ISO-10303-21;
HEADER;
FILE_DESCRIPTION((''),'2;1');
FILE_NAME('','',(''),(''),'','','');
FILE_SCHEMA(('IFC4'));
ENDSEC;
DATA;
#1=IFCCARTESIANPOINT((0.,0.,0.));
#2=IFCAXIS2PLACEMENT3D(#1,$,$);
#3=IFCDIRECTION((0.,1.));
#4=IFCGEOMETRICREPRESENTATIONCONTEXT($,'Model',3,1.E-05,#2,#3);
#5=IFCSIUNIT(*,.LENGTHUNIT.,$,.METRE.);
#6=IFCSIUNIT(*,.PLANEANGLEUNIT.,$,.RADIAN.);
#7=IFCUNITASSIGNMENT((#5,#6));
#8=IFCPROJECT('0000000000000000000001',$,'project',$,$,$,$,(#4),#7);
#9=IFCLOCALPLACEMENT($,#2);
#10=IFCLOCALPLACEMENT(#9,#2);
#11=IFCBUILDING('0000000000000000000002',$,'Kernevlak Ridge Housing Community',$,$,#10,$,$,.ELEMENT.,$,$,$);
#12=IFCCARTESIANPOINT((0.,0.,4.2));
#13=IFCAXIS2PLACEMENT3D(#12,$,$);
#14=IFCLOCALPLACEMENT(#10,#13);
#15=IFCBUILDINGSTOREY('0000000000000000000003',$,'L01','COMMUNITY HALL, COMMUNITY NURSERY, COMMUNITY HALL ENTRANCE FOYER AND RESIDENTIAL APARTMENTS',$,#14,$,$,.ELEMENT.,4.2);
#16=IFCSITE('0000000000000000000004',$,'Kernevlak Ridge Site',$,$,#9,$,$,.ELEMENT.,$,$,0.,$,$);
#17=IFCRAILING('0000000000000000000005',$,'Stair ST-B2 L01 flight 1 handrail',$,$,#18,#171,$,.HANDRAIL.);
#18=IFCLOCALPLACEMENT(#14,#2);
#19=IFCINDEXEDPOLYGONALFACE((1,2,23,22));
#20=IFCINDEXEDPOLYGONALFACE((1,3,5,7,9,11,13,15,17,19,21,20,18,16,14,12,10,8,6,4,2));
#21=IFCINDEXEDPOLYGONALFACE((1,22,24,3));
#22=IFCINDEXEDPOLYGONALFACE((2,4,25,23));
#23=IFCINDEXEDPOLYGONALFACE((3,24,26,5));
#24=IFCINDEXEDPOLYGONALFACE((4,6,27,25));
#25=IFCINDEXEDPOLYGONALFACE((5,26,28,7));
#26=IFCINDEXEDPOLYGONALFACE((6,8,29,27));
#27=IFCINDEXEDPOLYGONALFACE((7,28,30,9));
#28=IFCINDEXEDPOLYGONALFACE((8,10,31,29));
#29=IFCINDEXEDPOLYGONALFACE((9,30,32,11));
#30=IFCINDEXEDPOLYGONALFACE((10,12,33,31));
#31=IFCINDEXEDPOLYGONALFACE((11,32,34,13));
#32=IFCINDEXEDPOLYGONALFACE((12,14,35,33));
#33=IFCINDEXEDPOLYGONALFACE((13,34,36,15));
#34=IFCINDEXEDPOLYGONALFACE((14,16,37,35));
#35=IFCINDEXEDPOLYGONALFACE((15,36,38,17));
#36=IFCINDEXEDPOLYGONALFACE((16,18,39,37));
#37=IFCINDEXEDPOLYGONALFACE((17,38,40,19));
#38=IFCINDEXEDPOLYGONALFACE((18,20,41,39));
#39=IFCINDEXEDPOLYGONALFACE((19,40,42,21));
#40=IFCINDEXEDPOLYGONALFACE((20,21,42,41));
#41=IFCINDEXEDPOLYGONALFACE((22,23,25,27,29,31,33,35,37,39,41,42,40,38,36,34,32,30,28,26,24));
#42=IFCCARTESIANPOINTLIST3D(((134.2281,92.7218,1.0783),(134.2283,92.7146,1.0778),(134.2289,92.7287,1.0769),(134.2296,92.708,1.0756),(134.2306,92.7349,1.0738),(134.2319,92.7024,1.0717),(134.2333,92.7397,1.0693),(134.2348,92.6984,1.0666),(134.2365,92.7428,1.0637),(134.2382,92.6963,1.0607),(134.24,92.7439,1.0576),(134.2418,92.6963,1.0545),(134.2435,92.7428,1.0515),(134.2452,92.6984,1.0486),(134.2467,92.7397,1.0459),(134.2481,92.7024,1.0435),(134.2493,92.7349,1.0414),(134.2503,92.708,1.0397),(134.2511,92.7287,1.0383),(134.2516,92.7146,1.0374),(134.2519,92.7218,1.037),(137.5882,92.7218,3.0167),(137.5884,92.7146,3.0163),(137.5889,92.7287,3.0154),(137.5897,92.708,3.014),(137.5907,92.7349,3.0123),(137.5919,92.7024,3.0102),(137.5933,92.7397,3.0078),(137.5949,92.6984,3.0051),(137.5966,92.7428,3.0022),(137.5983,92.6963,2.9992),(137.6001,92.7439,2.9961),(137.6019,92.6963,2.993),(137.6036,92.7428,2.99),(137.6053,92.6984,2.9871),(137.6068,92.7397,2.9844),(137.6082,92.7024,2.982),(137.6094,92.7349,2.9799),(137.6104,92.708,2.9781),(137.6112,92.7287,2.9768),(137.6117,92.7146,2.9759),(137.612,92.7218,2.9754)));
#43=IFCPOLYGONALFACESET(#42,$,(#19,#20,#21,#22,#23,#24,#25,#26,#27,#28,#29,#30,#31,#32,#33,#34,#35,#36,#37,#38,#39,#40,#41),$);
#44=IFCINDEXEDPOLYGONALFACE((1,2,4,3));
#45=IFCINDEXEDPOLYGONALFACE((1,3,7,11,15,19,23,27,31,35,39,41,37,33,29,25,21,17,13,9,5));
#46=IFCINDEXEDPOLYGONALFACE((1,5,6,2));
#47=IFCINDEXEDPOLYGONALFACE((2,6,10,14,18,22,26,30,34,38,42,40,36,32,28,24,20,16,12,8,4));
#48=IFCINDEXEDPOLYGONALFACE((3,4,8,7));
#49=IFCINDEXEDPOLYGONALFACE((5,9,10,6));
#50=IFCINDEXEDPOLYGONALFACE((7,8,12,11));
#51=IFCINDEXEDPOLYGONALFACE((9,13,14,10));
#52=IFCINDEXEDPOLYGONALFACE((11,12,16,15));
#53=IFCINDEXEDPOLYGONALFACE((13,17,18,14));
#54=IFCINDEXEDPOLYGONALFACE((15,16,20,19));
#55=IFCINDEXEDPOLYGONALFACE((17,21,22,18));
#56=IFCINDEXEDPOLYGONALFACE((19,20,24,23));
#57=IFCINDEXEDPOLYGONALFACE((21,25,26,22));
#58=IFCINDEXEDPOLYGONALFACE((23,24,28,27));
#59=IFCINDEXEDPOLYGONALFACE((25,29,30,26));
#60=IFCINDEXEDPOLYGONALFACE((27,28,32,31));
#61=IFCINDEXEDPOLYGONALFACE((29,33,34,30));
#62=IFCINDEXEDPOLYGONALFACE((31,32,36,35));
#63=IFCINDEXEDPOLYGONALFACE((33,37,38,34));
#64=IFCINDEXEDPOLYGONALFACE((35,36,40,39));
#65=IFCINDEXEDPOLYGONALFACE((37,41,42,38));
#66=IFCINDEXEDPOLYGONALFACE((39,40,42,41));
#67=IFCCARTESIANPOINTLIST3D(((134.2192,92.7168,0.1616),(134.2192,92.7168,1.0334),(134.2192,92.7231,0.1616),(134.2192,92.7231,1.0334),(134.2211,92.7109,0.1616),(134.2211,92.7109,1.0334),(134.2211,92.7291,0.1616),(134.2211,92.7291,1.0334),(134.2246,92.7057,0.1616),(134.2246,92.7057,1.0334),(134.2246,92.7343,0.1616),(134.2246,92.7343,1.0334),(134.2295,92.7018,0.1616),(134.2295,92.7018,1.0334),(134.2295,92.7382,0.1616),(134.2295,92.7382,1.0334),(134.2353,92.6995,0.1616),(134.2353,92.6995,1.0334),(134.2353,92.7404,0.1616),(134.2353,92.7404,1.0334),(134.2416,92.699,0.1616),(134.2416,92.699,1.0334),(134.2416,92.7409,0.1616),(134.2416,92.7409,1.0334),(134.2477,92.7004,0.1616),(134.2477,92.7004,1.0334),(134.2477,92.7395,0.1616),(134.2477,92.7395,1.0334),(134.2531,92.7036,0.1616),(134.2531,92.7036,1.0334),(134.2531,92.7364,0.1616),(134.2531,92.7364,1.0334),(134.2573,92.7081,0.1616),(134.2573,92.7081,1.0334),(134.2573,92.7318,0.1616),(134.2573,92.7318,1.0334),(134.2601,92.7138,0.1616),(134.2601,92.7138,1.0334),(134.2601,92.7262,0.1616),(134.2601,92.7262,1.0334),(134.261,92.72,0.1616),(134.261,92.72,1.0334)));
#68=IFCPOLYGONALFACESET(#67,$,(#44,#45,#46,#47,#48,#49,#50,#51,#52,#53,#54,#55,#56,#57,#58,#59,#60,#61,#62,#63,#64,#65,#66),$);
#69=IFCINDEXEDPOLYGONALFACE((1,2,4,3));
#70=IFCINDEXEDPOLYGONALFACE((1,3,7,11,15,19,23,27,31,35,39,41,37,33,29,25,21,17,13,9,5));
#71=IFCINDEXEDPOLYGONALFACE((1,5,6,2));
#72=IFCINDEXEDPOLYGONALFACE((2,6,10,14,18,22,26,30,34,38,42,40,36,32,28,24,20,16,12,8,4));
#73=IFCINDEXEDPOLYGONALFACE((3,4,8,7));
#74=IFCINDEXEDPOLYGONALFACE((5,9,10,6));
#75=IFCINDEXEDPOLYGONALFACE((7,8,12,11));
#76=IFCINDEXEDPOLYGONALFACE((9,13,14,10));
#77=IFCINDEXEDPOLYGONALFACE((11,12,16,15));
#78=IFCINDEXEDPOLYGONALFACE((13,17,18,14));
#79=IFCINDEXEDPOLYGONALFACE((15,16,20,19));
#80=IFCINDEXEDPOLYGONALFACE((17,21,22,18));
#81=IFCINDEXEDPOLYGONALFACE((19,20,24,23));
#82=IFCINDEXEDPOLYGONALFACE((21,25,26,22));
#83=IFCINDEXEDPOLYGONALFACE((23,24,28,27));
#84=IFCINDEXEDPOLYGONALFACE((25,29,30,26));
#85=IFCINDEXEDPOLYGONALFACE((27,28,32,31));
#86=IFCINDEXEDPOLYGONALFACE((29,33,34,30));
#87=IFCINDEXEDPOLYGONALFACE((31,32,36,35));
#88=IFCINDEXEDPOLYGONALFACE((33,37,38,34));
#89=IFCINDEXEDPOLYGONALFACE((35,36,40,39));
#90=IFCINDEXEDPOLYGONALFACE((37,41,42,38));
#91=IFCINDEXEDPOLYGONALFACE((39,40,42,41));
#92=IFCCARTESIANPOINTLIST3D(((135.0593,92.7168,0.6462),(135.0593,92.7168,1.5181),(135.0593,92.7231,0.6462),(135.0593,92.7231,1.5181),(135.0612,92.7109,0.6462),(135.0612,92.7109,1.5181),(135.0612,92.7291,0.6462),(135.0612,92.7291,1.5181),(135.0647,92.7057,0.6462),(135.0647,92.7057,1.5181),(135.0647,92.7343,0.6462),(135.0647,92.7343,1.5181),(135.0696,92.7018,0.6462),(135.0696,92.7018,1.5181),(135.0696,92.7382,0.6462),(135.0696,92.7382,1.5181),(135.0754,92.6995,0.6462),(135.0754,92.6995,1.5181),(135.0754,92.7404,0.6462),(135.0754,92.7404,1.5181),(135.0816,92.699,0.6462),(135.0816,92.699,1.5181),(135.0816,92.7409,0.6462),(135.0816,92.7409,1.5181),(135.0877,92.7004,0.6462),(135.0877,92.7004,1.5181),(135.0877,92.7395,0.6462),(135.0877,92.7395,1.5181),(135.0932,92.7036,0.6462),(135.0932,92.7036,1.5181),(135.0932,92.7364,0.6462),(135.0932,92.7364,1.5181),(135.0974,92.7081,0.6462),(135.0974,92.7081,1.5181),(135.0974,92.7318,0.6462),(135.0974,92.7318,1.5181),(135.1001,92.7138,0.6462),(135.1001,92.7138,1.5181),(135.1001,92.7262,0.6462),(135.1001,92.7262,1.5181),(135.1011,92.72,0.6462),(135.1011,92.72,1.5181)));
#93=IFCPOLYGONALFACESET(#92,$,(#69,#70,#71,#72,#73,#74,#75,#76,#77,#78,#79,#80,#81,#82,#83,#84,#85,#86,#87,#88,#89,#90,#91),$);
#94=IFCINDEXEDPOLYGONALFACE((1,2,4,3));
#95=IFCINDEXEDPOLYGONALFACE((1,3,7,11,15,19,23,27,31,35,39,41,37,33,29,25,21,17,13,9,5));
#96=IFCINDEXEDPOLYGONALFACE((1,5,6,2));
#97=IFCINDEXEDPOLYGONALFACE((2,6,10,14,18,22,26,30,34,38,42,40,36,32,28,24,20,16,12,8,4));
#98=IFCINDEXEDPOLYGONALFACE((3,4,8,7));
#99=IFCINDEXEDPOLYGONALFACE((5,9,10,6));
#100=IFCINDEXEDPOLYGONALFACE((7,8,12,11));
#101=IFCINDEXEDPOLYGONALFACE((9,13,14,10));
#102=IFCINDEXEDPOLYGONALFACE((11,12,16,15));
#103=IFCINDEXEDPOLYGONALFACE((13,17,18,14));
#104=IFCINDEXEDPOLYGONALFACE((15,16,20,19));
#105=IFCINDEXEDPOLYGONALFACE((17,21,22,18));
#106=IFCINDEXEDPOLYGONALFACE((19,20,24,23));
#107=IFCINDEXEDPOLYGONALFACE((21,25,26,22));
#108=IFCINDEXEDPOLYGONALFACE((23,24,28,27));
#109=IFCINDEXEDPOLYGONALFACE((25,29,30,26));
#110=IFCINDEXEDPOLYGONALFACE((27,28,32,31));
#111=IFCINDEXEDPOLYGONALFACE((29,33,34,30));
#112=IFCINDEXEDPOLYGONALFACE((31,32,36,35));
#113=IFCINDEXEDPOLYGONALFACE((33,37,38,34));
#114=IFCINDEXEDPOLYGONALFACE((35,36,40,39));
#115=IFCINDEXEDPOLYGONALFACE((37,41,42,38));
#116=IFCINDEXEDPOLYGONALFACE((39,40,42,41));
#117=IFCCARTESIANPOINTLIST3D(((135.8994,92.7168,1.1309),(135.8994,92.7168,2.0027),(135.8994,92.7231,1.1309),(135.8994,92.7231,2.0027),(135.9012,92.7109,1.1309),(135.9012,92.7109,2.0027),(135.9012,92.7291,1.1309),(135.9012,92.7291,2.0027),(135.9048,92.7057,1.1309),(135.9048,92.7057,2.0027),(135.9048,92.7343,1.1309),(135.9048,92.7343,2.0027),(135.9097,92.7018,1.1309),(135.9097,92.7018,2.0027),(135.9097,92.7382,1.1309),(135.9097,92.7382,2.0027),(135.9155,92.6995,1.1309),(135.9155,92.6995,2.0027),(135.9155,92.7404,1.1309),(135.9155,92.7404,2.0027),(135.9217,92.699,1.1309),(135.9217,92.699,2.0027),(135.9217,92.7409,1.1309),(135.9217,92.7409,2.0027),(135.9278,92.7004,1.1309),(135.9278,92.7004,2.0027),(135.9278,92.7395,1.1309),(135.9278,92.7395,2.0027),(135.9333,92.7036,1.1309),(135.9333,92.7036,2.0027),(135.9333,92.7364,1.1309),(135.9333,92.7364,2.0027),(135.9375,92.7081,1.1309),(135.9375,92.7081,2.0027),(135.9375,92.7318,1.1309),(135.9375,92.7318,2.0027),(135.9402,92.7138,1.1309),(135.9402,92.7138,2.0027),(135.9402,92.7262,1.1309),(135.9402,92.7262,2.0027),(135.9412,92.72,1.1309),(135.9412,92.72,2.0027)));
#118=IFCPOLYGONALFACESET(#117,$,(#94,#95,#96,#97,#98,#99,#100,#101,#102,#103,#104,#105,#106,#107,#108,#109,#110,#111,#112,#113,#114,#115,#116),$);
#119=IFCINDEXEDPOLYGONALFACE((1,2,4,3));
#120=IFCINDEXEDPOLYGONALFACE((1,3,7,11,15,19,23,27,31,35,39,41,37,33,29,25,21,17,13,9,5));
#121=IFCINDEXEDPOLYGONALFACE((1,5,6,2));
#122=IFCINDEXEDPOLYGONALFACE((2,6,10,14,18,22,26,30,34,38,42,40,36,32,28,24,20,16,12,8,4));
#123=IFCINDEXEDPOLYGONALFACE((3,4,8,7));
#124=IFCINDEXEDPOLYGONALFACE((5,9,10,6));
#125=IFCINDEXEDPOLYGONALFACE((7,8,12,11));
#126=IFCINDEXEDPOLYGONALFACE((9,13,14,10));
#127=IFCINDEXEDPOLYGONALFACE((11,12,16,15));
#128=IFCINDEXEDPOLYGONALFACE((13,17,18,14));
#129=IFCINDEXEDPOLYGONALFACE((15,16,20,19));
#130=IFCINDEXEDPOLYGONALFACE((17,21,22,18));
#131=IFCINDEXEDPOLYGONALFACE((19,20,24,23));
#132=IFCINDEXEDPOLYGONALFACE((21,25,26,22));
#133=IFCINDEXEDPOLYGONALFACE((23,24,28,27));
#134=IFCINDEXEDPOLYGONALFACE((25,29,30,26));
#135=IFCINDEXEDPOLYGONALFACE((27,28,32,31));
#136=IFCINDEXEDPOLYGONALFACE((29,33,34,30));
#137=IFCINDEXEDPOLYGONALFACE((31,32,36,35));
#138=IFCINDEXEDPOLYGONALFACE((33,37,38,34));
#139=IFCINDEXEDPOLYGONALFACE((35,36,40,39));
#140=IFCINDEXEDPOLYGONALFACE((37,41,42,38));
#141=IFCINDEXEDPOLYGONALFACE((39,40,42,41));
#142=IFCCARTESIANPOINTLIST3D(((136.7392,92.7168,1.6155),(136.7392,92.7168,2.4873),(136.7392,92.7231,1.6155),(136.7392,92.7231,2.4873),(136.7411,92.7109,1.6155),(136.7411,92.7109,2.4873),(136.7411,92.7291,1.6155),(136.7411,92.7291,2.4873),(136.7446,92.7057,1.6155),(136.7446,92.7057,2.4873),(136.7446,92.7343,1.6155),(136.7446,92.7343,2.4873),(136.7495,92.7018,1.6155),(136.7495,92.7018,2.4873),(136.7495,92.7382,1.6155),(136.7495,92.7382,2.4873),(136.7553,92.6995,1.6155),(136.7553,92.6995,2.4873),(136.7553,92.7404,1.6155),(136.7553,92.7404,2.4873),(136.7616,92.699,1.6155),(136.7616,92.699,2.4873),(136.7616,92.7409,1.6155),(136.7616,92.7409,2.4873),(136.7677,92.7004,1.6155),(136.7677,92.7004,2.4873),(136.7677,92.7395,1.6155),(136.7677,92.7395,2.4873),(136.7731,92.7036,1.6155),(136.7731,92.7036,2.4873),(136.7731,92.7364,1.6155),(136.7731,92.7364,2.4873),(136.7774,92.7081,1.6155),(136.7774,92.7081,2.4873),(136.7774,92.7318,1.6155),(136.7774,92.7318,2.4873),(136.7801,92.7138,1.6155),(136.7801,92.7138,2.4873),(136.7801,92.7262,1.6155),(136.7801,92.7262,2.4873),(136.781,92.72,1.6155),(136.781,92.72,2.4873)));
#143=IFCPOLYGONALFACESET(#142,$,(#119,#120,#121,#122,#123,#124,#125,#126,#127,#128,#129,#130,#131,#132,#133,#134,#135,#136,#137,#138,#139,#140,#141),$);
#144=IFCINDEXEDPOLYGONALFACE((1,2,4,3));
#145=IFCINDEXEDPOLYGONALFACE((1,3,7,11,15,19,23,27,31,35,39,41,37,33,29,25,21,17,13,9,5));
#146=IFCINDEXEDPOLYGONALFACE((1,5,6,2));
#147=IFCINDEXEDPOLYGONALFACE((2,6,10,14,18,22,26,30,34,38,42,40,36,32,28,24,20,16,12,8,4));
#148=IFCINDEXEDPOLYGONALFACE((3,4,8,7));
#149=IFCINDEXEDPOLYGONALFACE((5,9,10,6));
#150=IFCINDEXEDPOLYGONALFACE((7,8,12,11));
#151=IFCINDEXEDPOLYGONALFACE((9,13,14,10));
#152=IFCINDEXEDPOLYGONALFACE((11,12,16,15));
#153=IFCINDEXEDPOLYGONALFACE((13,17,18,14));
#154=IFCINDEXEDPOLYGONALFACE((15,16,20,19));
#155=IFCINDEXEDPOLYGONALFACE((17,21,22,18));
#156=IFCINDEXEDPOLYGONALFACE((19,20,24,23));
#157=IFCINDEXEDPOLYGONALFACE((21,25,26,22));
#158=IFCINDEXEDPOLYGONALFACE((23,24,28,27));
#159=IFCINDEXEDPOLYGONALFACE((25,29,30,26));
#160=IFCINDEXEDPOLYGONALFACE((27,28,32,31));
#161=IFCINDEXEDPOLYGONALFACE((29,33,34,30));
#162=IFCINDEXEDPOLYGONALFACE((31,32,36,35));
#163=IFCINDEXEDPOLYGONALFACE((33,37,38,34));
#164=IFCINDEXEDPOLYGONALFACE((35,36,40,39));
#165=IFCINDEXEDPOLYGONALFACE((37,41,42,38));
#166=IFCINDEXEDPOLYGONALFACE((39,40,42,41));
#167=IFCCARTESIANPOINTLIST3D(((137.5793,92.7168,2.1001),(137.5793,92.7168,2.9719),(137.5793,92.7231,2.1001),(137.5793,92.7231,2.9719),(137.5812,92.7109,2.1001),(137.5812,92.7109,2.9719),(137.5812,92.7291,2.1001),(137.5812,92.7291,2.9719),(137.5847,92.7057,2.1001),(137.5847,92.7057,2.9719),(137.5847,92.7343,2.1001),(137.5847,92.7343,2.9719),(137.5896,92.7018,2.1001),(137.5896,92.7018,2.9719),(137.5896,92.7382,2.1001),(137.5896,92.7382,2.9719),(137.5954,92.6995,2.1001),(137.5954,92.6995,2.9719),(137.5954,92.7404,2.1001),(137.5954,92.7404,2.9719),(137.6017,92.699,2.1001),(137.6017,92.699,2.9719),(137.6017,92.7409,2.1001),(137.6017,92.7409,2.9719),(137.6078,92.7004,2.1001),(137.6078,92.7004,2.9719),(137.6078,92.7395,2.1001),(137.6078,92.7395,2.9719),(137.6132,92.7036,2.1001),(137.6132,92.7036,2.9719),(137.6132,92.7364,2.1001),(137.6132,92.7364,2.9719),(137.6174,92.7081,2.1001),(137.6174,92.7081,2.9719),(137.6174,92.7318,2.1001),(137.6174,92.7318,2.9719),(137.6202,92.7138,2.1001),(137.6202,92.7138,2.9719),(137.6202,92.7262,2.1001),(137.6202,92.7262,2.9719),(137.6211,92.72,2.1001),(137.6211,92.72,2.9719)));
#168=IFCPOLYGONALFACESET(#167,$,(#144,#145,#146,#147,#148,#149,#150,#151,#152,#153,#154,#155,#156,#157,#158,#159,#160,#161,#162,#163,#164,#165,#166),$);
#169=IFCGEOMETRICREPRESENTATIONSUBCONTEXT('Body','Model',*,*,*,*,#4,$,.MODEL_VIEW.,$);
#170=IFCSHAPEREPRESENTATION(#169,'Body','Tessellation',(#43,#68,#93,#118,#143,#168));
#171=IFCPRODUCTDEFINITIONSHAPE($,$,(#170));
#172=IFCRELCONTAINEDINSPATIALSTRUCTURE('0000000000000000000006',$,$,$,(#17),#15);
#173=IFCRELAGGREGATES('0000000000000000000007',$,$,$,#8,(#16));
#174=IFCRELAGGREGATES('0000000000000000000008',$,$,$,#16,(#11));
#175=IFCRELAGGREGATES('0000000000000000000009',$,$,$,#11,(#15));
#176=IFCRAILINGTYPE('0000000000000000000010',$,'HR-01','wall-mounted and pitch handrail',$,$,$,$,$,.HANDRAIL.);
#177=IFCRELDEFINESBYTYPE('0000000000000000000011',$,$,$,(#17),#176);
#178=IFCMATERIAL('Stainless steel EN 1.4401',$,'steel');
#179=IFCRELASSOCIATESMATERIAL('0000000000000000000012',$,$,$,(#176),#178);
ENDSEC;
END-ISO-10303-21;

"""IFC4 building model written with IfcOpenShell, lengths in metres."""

from ifc_helpers import new_model, si_unit, direction, frame, origin, origin_2d, place, context, subcontext, project, spatial, circle, extrude, material, type_object, element, save


model = new_model("IFC4")

# Units and contexts
model_context = context("Model", 3, precision=1e-05, world=origin(), true_north=direction((0.0, 1.0)))
body_context = subcontext(model_context, "Body", "Model", "MODEL_VIEW")
ifc_project = project(units=[si_unit("LENGTHUNIT", "METRE"), si_unit("PLANEANGLEUNIT", "RADIAN")], contexts=[model_context])

# Site, building, storey
site_placement = place(None, origin())
site = spatial("IfcSite", under=ifc_project, at=site_placement, Name="Kernevlak Ridge Site", CompositionType="ELEMENT", RefElevation=0.0)
building_placement = place(site_placement, origin())
building = spatial("IfcBuilding", under=site, at=building_placement, Name="Kernevlak Ridge Housing Community", CompositionType="ELEMENT")
storey_placement = place(building_placement, frame((0.0, 0.0, 4.2)))
storey = spatial("IfcBuildingStorey", under=building, at=storey_placement, Name="L01", Description="COMMUNITY HALL, COMMUNITY NURSERY, COMMUNITY HALL ENTRANCE FOYER AND RESIDENTIAL APARTMENTS", CompositionType="ELEMENT", Elevation=4.2)

# Railing
ifc_material_1 = material(Name="Stainless steel EN 1.4401", Category="steel")
railing_type_1 = type_object("IfcRailingType", Name="HR-01", Description="wall-mounted and pitch handrail", PredefinedType="HANDRAIL", material=ifc_material_1)
railing_1_placement = place(storey_placement, frame((134.24, 92.72, 0.1616)))
element("IfcRailing", 1, at=railing_1_placement, inside=storey, type_object=railing_type_1, Name="Stair ST-B2 L01 flight 1 handrail", PredefinedType="HANDRAIL", context=body_context, shape_type="SweptSolid", body=[
    extrude(circle(Radius=0.0239, at=origin_2d()), frame((0.0, 0.0, 0.896), z_axis=(0.866191, 0.0, 0.499713), x_axis=(0.0, 1.0, 0.0)), (0.0, 0.0, 1.0), 3.8792),
    extrude(circle(Radius=0.021, at=origin_2d()), origin(), (0.0, 0.0, 1.0), 0.8718),
    extrude(circle(Radius=0.021, at=origin_2d()), frame((0.8401, 0.0, 0.4846)), (0.0, 0.0, 1.0), 0.8718),
    extrude(circle(Radius=0.021, at=origin_2d()), frame((1.6802, 0.0, 0.9692)), (0.0, 0.0, 1.0), 0.8718),
    extrude(circle(Radius=0.021, at=origin_2d()), frame((2.52, 0.0, 1.4539)), (0.0, 0.0, 1.0), 0.8718),
    extrude(circle(Radius=0.021, at=origin_2d()), frame((3.3601, 0.0, 1.9385)), (0.0, 0.0, 1.0), 0.8718),
])

save(model, "model.ifc")
